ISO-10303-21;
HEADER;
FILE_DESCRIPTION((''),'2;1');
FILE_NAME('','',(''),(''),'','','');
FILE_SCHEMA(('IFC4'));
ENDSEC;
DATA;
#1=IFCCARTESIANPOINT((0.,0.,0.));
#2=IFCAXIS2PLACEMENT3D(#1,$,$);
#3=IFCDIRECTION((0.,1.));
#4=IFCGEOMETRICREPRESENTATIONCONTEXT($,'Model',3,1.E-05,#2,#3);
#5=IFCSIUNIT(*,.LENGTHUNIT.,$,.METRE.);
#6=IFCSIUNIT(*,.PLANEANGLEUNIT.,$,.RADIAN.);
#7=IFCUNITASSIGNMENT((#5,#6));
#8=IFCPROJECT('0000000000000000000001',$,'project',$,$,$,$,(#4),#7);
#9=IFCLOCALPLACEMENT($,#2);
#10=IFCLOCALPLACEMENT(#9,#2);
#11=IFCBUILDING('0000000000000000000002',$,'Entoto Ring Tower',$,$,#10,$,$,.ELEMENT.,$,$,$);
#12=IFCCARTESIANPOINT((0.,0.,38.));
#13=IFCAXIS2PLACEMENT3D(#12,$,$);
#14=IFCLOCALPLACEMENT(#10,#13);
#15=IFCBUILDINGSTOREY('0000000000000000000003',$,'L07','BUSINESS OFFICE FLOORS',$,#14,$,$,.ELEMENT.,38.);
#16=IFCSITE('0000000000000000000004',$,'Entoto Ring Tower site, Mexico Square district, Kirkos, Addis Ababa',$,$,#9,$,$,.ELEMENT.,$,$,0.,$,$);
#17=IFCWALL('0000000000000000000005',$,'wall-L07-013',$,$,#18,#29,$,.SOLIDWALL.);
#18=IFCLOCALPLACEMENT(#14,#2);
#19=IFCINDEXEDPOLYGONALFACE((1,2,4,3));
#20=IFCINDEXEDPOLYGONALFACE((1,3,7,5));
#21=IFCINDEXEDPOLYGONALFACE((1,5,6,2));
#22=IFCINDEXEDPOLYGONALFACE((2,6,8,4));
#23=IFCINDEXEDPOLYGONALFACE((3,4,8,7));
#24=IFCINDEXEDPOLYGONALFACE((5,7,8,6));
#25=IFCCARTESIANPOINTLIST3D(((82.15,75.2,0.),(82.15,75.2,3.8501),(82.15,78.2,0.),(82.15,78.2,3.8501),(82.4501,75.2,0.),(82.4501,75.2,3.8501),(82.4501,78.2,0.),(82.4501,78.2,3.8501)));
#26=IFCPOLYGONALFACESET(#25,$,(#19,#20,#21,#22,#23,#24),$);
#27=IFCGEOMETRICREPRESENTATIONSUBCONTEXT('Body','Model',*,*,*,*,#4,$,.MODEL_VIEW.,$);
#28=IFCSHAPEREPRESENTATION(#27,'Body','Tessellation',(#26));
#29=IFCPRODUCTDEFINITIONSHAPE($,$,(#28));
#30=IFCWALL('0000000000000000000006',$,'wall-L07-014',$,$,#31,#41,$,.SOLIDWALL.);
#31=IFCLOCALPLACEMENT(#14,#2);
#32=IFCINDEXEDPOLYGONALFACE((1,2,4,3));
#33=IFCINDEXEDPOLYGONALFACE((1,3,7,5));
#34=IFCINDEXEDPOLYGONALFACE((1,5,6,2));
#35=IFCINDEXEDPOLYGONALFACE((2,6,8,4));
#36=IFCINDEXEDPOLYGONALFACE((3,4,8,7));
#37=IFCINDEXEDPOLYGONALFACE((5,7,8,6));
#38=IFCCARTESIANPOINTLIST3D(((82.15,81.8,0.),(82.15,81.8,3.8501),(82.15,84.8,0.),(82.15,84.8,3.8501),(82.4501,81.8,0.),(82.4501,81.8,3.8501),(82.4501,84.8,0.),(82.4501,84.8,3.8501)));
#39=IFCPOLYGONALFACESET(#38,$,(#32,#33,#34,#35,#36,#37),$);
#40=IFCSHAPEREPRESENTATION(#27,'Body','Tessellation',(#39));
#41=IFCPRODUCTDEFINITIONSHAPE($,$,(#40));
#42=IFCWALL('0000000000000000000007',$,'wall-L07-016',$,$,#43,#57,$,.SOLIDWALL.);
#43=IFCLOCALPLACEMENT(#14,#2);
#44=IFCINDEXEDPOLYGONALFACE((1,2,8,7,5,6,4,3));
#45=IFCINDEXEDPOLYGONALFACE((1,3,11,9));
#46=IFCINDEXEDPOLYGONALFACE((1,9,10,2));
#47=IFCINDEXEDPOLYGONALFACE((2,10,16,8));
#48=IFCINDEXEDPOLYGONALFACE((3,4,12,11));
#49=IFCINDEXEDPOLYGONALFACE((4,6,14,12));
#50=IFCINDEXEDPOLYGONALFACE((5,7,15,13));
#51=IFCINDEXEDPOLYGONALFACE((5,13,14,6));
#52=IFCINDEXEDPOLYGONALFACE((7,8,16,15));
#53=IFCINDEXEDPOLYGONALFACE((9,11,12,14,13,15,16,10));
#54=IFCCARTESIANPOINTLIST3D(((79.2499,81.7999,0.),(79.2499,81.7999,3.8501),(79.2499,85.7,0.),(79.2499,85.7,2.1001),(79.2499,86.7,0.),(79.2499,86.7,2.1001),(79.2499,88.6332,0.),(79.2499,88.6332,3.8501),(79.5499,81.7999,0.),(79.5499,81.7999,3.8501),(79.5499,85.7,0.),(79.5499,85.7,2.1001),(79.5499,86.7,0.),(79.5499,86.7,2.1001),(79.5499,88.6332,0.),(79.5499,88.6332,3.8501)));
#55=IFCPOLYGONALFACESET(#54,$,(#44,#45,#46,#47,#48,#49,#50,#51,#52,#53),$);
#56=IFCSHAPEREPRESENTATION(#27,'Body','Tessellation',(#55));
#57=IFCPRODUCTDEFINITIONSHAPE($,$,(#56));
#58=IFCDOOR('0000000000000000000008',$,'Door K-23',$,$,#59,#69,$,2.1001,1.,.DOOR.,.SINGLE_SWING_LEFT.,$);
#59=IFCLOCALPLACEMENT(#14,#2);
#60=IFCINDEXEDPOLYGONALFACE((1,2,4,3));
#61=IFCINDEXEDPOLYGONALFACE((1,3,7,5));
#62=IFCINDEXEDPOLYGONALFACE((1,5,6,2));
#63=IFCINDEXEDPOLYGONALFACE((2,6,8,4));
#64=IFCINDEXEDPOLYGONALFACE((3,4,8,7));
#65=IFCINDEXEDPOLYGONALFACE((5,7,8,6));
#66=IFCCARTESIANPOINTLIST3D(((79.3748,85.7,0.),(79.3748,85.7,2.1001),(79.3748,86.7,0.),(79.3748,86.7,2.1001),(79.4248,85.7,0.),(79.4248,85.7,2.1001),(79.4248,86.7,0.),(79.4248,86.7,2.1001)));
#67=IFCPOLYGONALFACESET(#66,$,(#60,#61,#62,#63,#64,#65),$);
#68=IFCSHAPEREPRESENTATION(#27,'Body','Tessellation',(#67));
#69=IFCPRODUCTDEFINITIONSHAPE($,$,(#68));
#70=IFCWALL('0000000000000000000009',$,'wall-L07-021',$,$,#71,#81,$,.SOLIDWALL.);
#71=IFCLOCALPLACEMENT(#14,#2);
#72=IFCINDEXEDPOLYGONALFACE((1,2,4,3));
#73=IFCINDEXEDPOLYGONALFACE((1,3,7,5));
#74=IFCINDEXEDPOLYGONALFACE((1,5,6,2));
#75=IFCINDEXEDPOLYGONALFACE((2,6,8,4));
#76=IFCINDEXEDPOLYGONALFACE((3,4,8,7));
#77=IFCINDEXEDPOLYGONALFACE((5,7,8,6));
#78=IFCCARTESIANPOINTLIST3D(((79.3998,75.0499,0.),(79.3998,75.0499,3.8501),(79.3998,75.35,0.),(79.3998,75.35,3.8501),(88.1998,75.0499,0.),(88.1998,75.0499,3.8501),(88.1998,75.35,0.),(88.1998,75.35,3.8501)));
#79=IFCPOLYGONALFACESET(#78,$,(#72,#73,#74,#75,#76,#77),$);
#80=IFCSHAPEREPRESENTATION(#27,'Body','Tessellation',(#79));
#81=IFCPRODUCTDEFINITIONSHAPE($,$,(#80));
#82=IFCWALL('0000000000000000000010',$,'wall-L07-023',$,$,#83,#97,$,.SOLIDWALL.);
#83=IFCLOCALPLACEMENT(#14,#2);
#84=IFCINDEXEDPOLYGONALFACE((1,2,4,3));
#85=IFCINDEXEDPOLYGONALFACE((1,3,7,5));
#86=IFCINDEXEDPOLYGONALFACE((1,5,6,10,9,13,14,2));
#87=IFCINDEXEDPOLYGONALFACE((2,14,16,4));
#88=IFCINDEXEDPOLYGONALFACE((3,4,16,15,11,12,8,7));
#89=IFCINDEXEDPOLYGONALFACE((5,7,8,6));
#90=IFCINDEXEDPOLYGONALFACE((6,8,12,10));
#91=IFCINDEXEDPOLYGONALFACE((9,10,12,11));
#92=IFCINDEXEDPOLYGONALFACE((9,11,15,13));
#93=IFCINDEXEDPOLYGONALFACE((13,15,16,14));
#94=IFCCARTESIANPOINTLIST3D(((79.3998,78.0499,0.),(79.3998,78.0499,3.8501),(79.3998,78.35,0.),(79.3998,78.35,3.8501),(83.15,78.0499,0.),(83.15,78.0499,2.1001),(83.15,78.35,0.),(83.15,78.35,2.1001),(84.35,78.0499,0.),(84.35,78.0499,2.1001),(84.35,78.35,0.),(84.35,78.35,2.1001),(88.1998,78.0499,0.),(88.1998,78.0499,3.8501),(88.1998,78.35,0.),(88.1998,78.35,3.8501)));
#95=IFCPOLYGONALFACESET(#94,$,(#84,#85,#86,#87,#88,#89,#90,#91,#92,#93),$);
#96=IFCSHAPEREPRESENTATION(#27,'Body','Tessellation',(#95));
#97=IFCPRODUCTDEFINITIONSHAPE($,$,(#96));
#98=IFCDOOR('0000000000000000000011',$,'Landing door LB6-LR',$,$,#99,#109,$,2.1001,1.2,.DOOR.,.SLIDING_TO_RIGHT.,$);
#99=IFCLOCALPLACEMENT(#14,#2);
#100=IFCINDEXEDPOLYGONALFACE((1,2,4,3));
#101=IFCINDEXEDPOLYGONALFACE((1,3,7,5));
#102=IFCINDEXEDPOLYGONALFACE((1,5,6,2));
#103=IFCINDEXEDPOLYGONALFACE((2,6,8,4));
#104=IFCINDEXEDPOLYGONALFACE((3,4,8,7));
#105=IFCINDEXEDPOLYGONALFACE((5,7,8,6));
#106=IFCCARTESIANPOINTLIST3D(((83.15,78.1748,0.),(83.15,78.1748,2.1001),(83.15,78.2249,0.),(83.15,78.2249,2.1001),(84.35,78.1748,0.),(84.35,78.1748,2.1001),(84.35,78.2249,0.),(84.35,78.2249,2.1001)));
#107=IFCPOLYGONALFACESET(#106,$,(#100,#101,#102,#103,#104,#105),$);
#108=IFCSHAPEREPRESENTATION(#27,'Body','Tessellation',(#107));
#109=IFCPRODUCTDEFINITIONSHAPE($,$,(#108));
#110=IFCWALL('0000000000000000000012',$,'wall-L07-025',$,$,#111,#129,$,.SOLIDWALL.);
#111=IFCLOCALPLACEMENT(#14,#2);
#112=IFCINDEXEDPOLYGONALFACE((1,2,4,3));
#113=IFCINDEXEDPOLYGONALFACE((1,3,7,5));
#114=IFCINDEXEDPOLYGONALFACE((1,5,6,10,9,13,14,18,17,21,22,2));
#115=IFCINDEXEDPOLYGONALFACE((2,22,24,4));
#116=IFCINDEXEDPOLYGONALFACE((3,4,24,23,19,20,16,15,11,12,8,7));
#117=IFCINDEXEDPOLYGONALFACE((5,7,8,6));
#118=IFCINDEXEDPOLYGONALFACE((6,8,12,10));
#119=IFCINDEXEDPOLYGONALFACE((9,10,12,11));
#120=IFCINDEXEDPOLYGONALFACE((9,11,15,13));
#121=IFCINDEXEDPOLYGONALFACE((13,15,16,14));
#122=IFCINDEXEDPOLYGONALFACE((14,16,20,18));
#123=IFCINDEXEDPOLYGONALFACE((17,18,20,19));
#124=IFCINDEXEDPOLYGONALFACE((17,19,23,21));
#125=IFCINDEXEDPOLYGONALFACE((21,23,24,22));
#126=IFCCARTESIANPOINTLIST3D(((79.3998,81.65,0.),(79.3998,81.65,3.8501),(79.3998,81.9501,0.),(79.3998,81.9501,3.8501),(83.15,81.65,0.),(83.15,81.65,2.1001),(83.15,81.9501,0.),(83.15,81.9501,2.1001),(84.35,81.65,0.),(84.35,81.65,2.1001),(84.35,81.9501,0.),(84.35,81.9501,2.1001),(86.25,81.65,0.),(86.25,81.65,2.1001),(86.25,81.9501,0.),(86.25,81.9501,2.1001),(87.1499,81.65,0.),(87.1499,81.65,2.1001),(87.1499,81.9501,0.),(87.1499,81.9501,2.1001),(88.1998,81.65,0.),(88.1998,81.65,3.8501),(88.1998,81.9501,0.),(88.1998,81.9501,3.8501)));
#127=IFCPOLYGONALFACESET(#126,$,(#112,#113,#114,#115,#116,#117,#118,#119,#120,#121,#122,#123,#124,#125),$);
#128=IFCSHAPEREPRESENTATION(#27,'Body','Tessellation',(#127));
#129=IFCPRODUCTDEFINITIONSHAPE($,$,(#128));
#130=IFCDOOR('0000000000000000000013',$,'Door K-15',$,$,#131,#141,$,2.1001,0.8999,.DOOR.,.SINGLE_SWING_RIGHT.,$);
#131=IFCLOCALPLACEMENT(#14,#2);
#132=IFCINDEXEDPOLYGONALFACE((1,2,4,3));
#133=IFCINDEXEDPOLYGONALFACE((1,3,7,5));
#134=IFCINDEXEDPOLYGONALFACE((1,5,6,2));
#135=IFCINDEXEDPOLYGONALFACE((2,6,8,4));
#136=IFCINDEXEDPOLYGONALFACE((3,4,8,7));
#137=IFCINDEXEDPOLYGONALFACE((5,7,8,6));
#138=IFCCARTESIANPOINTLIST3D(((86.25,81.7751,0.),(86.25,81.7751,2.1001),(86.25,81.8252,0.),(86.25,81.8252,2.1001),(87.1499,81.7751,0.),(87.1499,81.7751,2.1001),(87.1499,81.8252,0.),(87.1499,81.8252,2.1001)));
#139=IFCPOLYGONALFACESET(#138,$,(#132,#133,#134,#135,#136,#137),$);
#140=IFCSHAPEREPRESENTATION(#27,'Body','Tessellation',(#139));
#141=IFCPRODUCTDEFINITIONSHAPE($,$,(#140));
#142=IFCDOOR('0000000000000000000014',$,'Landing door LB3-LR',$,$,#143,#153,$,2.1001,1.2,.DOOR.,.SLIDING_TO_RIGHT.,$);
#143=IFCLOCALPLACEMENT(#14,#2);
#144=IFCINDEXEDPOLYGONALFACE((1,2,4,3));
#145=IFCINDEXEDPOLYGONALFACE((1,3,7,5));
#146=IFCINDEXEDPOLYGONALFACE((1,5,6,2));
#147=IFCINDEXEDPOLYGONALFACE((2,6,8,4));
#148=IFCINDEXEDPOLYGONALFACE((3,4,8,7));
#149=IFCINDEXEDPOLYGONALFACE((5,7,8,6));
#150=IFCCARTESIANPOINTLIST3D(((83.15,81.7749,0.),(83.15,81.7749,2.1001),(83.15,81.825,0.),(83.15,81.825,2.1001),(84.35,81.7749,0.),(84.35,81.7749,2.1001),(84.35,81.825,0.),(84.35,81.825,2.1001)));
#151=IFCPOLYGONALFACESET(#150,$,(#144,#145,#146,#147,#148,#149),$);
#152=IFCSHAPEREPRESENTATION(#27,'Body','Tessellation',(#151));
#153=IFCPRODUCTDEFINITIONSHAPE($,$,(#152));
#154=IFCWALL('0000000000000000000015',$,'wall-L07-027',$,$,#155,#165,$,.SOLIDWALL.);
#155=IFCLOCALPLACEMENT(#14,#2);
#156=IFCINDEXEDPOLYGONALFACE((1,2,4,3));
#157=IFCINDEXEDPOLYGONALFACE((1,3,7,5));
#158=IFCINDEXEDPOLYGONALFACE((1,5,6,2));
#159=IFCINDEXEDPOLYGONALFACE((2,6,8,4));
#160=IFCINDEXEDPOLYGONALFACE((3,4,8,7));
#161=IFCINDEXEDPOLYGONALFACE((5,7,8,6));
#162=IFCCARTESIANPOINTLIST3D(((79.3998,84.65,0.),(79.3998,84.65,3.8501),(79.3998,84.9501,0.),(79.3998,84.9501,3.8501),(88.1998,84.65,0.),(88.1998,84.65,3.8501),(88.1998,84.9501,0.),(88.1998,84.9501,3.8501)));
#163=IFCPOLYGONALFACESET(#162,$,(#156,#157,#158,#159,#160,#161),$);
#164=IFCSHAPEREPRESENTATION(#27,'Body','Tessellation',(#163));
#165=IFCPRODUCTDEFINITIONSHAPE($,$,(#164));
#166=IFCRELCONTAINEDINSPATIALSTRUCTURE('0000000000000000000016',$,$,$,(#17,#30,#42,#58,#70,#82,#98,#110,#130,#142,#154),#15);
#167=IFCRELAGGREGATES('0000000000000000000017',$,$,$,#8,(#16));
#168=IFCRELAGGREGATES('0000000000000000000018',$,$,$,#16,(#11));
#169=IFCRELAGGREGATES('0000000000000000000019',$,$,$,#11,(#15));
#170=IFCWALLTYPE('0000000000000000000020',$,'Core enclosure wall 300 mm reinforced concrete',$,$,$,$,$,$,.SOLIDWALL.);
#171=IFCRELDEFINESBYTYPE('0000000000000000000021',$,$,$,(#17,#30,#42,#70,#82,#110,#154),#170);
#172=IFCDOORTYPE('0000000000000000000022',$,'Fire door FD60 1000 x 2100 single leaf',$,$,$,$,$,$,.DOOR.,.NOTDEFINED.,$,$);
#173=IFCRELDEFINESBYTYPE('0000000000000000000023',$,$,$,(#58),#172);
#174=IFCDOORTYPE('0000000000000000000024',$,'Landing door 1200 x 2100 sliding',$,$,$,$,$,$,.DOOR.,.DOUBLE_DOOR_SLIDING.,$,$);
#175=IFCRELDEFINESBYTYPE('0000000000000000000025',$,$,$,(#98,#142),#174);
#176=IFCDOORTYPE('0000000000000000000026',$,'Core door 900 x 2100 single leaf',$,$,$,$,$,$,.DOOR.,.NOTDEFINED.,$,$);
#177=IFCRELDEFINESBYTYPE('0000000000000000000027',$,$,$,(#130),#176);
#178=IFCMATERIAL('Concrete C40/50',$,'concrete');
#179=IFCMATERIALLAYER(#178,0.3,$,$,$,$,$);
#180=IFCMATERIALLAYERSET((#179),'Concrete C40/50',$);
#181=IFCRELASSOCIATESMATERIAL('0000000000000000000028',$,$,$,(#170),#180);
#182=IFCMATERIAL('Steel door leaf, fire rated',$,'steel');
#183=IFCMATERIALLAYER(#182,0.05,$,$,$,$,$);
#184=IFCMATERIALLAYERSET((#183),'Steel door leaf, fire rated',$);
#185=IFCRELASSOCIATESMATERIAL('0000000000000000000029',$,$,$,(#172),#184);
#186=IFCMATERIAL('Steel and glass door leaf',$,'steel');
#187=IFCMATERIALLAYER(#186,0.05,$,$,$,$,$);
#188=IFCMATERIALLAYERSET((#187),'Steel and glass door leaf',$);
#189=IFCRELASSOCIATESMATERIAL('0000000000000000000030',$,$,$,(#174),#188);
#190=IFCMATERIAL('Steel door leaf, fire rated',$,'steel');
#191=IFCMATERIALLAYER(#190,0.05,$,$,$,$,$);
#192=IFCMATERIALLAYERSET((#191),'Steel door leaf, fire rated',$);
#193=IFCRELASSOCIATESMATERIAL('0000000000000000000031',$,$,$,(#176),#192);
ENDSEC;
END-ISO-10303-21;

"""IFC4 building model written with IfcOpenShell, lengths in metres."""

from ifc_helpers import new_model, si_unit, direction, frame, frame_2d, origin, place, context, subcontext, project, spatial, rectangle, extrude, material, layer, layer_set, type_object, element, fill, save


model = new_model("IFC4")

# Units and contexts
model_context = context("Model", 3, precision=1e-05, world=origin(), true_north=direction((0.0, 1.0)))
body_context = subcontext(model_context, "Body", "Model", "MODEL_VIEW")
ifc_project = project(units=[si_unit("LENGTHUNIT", "METRE"), si_unit("PLANEANGLEUNIT", "RADIAN")], contexts=[model_context])

# Site, building, storey
site_placement = place(None, origin())
site = spatial("IfcSite", under=ifc_project, at=site_placement, Name="Entoto Ring Tower site, Mexico Square district, Kirkos, Addis Ababa", CompositionType="ELEMENT", RefElevation=0.0)
building_placement = place(site_placement, origin())
building = spatial("IfcBuilding", under=site, at=building_placement, Name="Entoto Ring Tower", CompositionType="ELEMENT")
storey_placement = place(building_placement, frame((0.0, 0.0, 38.0)))
storey = spatial("IfcBuildingStorey", under=building, at=storey_placement, Name="L07", Description="BUSINESS OFFICE FLOORS", CompositionType="ELEMENT", Elevation=38.0)

# Walls
ifc_material_1 = material(Name="Concrete C40/50", Category="concrete")
ifc_layer_1 = layer(ifc_material_1, 0.3)
ifc_layer_set_1 = layer_set([ifc_layer_1], Name="Concrete C40/50")
wall_type_1 = type_object("IfcWallType", Name="Core enclosure wall 300 mm reinforced concrete", PredefinedType="SOLIDWALL", material=ifc_layer_set_1)
for number, where, z_axis, x_axis, name in (
    (1, (82.3, 75.2, 0.0), (0.0, 0.0, 1.0), (0.0, 1.0, 0.0), "wall-L07-013"),
    (2, (82.3, 81.8, 0.0), (0.0, 0.0, 1.0), (0.0, 1.0, 0.0), "wall-L07-014"),
):
    element("IfcWall", number, at=place(storey_placement, frame(where, z_axis=z_axis, x_axis=x_axis)), inside=storey, type_object=wall_type_1, Name=name, PredefinedType="SOLIDWALL", context=body_context, shape_type="SweptSolid", body=[
        extrude(rectangle(XDim=3.0, YDim=0.3, at=frame_2d((1.5, 0.0))), origin(), (0.0, 0.0, 1.0), 3.8501),
    ])

# Wall, opening, door
wall_1_placement = place(storey_placement, frame((79.3999, 81.8, 0.0), z_axis=(0.0, 0.0, 1.0), x_axis=(0.0, 1.0, 0.0)))
wall_1 = element("IfcWall", 3, at=wall_1_placement, inside=storey, type_object=wall_type_1, Name="wall-L07-016", PredefinedType="SOLIDWALL", context=body_context, shape_type="SweptSolid", body=[
    extrude(rectangle(XDim=6.8333, YDim=0.3, at=frame_2d((3.4165, 0.0))), origin(), (0.0, 0.0, 1.0), 3.8501),
])
opening_1_placement = place(wall_1_placement, frame((3.8999, 0.0, 0.0)))
opening_1 = element("IfcOpeningElement", 4, at=opening_1_placement, cuts=wall_1, PredefinedType="OPENING", context=body_context, shape_type="SweptSolid", body=[
    extrude(rectangle(XDim=1.0, YDim=2.1001, at=frame_2d((0.5, 1.05))), frame((0.0, 0.1602, 0.0), z_axis=(0.0, -1.0, 0.0), x_axis=(1.0, 0.0, 0.0)), (0.0, 0.0, 1.0), 0.3201),
])
ifc_material_2 = material(Name="Steel door leaf, fire rated", Category="steel")
ifc_layer_2 = layer(ifc_material_2, 0.05)
ifc_layer_set_2 = layer_set([ifc_layer_2], Name="Steel door leaf, fire rated")
door_type_1 = type_object("IfcDoorType", Name="Fire door FD60 1000 x 2100 single leaf", OperationType="NOTDEFINED", PredefinedType="DOOR", material=ifc_layer_set_2)
door_1_placement = place(opening_1_placement, frame((1.0, 0.0, 0.0), z_axis=(0.0, 0.0, 1.0), x_axis=(-1.0, 0.0, 0.0)))
door_1 = element("IfcDoor", 5, at=door_1_placement, inside=storey, type_object=door_type_1, Name="Door K-23", OperationType="SINGLE_SWING_LEFT", OverallHeight=2.1001, OverallWidth=1.0, PredefinedType="DOOR", context=body_context, shape_type="SweptSolid", body=[
    extrude(rectangle(XDim=1.0, YDim=2.1001, at=frame_2d((0.5, 1.05))), frame((0.0, 0.0249, 0.0), z_axis=(0.0, -1.0, 0.0), x_axis=(1.0, 0.0, 0.0)), (0.0, 0.0, 1.0), 0.05),
])
fill(opening_1, door_1)

# Wall
wall_2_placement = place(storey_placement, frame((79.3999, 75.2, 0.0), z_axis=(0.0, 0.0, 1.0), x_axis=(1.0, 0.0, 0.0)))
element("IfcWall", 6, at=wall_2_placement, inside=storey, type_object=wall_type_1, Name="wall-L07-021", PredefinedType="SOLIDWALL", context=body_context, shape_type="SweptSolid", body=[
    extrude(rectangle(XDim=8.8, YDim=0.3, at=frame_2d((4.3999, 0.0))), origin(), (0.0, 0.0, 1.0), 3.8501),
])

# Wall, opening, door
wall_3_placement = place(storey_placement, frame((79.3999, 78.2, 0.0), z_axis=(0.0, 0.0, 1.0), x_axis=(1.0, 0.0, 0.0)))
wall_3 = element("IfcWall", 7, at=wall_3_placement, inside=storey, type_object=wall_type_1, Name="wall-L07-023", PredefinedType="SOLIDWALL", context=body_context, shape_type="SweptSolid", body=[
    extrude(rectangle(XDim=8.8, YDim=0.3, at=frame_2d((4.3999, 0.0))), origin(), (0.0, 0.0, 1.0), 3.8501),
])
opening_2_placement = place(wall_3_placement, frame((3.75, 0.0, 0.0)))
opening_2 = element("IfcOpeningElement", 8, at=opening_2_placement, cuts=wall_3, PredefinedType="OPENING", context=body_context, shape_type="SweptSolid", body=[
    extrude(rectangle(XDim=1.2, YDim=2.1001, at=frame_2d((0.6001, 1.05))), frame((0.0, 0.1602, 0.0), z_axis=(0.0, -1.0, 0.0), x_axis=(1.0, 0.0, 0.0)), (0.0, 0.0, 1.0), 0.3201),
])
ifc_material_3 = material(Name="Steel and glass door leaf", Category="steel")
ifc_layer_3 = layer(ifc_material_3, 0.05)
ifc_layer_set_3 = layer_set([ifc_layer_3], Name="Steel and glass door leaf")
door_type_2 = type_object("IfcDoorType", Name="Landing door 1200 x 2100 sliding", OperationType="DOUBLE_DOOR_SLIDING", PredefinedType="DOOR", material=ifc_layer_set_3)
door_2_placement = place(opening_2_placement, origin())
door_2 = element("IfcDoor", 9, at=door_2_placement, inside=storey, type_object=door_type_2, Name="Landing door LB6-LR", OperationType="SLIDING_TO_RIGHT", OverallHeight=2.1001, OverallWidth=1.2, PredefinedType="DOOR", context=body_context, shape_type="SweptSolid", body=[
    extrude(rectangle(XDim=1.2, YDim=2.1001, at=frame_2d((0.6001, 1.05))), frame((0.0, 0.0249, 0.0), z_axis=(0.0, -1.0, 0.0), x_axis=(1.0, 0.0, 0.0)), (0.0, 0.0, 1.0), 0.05),
])
fill(opening_2, door_2)

# Wall, openings, doors
wall_4_placement = place(storey_placement, frame((79.3999, 81.8, 0.0), z_axis=(0.0, 0.0, 1.0), x_axis=(1.0, 0.0, 0.0)))
wall_4 = element("IfcWall", 10, at=wall_4_placement, inside=storey, type_object=wall_type_1, Name="wall-L07-025", PredefinedType="SOLIDWALL", context=body_context, shape_type="SweptSolid", body=[
    extrude(rectangle(XDim=8.8, YDim=0.3, at=frame_2d((4.3999, 0.0))), origin(), (0.0, 0.0, 1.0), 3.8501),
])
opening_3_placement = place(wall_4_placement, frame((3.75, 0.0, 0.0)))
opening_3 = element("IfcOpeningElement", 11, at=opening_3_placement, cuts=wall_4, PredefinedType="OPENING", context=body_context, shape_type="SweptSolid", body=[
    extrude(rectangle(XDim=1.2, YDim=2.1001, at=frame_2d((0.6001, 1.05))), frame((0.0, 0.1602, 0.0), z_axis=(0.0, -1.0, 0.0), x_axis=(1.0, 0.0, 0.0)), (0.0, 0.0, 1.0), 0.3201),
])
opening_4_placement = place(wall_4_placement, frame((6.8501, 0.0, 0.0)))
opening_4 = element("IfcOpeningElement", 12, at=opening_4_placement, cuts=wall_4, PredefinedType="OPENING", context=body_context, shape_type="SweptSolid", body=[
    extrude(rectangle(XDim=0.8999, YDim=2.1001, at=frame_2d((0.45, 1.05))), frame((0.0, 0.1602, 0.0), z_axis=(0.0, -1.0, 0.0), x_axis=(1.0, 0.0, 0.0)), (0.0, 0.0, 1.0), 0.3201),
])
ifc_material_4 = material(Name="Steel door leaf, fire rated", Category="steel")
ifc_layer_4 = layer(ifc_material_4, 0.05)
ifc_layer_set_4 = layer_set([ifc_layer_4], Name="Steel door leaf, fire rated")
door_type_3 = type_object("IfcDoorType", Name="Core door 900 x 2100 single leaf", OperationType="NOTDEFINED", PredefinedType="DOOR", material=ifc_layer_set_4)
door_3_placement = place(opening_4_placement, frame((0.8999, 0.0, 0.0), z_axis=(0.0, 0.0, 1.0), x_axis=(-1.0, 0.0, 0.0)))
door_3 = element("IfcDoor", 13, at=door_3_placement, inside=storey, type_object=door_type_3, Name="Door K-15", OperationType="SINGLE_SWING_RIGHT", OverallHeight=2.1001, OverallWidth=0.8999, PredefinedType="DOOR", context=body_context, shape_type="SweptSolid", body=[
    extrude(rectangle(XDim=0.8999, YDim=2.1001, at=frame_2d((0.45, 1.05))), frame((0.0, 0.0249, 0.0), z_axis=(0.0, -1.0, 0.0), x_axis=(1.0, 0.0, 0.0)), (0.0, 0.0, 1.0), 0.05),
])
fill(opening_4, door_3)
door_4_placement = place(opening_3_placement, origin())
door_4 = element("IfcDoor", 14, at=door_4_placement, inside=storey, type_object=door_type_2, Name="Landing door LB3-LR", OperationType="SLIDING_TO_RIGHT", OverallHeight=2.1001, OverallWidth=1.2, PredefinedType="DOOR", context=body_context, shape_type="SweptSolid", body=[
    extrude(rectangle(XDim=1.2, YDim=2.1001, at=frame_2d((0.6001, 1.05))), frame((0.0, 0.0249, 0.0), z_axis=(0.0, -1.0, 0.0), x_axis=(1.0, 0.0, 0.0)), (0.0, 0.0, 1.0), 0.05),
])
fill(opening_3, door_4)

# Wall
wall_5_placement = place(storey_placement, frame((79.3999, 84.8, 0.0), z_axis=(0.0, 0.0, 1.0), x_axis=(1.0, 0.0, 0.0)))
element("IfcWall", 15, at=wall_5_placement, inside=storey, type_object=wall_type_1, Name="wall-L07-027", PredefinedType="SOLIDWALL", context=body_context, shape_type="SweptSolid", body=[
    extrude(rectangle(XDim=8.8, YDim=0.3, at=frame_2d((4.3999, 0.0))), origin(), (0.0, 0.0, 1.0), 3.8501),
])

save(model, "model.ifc")
